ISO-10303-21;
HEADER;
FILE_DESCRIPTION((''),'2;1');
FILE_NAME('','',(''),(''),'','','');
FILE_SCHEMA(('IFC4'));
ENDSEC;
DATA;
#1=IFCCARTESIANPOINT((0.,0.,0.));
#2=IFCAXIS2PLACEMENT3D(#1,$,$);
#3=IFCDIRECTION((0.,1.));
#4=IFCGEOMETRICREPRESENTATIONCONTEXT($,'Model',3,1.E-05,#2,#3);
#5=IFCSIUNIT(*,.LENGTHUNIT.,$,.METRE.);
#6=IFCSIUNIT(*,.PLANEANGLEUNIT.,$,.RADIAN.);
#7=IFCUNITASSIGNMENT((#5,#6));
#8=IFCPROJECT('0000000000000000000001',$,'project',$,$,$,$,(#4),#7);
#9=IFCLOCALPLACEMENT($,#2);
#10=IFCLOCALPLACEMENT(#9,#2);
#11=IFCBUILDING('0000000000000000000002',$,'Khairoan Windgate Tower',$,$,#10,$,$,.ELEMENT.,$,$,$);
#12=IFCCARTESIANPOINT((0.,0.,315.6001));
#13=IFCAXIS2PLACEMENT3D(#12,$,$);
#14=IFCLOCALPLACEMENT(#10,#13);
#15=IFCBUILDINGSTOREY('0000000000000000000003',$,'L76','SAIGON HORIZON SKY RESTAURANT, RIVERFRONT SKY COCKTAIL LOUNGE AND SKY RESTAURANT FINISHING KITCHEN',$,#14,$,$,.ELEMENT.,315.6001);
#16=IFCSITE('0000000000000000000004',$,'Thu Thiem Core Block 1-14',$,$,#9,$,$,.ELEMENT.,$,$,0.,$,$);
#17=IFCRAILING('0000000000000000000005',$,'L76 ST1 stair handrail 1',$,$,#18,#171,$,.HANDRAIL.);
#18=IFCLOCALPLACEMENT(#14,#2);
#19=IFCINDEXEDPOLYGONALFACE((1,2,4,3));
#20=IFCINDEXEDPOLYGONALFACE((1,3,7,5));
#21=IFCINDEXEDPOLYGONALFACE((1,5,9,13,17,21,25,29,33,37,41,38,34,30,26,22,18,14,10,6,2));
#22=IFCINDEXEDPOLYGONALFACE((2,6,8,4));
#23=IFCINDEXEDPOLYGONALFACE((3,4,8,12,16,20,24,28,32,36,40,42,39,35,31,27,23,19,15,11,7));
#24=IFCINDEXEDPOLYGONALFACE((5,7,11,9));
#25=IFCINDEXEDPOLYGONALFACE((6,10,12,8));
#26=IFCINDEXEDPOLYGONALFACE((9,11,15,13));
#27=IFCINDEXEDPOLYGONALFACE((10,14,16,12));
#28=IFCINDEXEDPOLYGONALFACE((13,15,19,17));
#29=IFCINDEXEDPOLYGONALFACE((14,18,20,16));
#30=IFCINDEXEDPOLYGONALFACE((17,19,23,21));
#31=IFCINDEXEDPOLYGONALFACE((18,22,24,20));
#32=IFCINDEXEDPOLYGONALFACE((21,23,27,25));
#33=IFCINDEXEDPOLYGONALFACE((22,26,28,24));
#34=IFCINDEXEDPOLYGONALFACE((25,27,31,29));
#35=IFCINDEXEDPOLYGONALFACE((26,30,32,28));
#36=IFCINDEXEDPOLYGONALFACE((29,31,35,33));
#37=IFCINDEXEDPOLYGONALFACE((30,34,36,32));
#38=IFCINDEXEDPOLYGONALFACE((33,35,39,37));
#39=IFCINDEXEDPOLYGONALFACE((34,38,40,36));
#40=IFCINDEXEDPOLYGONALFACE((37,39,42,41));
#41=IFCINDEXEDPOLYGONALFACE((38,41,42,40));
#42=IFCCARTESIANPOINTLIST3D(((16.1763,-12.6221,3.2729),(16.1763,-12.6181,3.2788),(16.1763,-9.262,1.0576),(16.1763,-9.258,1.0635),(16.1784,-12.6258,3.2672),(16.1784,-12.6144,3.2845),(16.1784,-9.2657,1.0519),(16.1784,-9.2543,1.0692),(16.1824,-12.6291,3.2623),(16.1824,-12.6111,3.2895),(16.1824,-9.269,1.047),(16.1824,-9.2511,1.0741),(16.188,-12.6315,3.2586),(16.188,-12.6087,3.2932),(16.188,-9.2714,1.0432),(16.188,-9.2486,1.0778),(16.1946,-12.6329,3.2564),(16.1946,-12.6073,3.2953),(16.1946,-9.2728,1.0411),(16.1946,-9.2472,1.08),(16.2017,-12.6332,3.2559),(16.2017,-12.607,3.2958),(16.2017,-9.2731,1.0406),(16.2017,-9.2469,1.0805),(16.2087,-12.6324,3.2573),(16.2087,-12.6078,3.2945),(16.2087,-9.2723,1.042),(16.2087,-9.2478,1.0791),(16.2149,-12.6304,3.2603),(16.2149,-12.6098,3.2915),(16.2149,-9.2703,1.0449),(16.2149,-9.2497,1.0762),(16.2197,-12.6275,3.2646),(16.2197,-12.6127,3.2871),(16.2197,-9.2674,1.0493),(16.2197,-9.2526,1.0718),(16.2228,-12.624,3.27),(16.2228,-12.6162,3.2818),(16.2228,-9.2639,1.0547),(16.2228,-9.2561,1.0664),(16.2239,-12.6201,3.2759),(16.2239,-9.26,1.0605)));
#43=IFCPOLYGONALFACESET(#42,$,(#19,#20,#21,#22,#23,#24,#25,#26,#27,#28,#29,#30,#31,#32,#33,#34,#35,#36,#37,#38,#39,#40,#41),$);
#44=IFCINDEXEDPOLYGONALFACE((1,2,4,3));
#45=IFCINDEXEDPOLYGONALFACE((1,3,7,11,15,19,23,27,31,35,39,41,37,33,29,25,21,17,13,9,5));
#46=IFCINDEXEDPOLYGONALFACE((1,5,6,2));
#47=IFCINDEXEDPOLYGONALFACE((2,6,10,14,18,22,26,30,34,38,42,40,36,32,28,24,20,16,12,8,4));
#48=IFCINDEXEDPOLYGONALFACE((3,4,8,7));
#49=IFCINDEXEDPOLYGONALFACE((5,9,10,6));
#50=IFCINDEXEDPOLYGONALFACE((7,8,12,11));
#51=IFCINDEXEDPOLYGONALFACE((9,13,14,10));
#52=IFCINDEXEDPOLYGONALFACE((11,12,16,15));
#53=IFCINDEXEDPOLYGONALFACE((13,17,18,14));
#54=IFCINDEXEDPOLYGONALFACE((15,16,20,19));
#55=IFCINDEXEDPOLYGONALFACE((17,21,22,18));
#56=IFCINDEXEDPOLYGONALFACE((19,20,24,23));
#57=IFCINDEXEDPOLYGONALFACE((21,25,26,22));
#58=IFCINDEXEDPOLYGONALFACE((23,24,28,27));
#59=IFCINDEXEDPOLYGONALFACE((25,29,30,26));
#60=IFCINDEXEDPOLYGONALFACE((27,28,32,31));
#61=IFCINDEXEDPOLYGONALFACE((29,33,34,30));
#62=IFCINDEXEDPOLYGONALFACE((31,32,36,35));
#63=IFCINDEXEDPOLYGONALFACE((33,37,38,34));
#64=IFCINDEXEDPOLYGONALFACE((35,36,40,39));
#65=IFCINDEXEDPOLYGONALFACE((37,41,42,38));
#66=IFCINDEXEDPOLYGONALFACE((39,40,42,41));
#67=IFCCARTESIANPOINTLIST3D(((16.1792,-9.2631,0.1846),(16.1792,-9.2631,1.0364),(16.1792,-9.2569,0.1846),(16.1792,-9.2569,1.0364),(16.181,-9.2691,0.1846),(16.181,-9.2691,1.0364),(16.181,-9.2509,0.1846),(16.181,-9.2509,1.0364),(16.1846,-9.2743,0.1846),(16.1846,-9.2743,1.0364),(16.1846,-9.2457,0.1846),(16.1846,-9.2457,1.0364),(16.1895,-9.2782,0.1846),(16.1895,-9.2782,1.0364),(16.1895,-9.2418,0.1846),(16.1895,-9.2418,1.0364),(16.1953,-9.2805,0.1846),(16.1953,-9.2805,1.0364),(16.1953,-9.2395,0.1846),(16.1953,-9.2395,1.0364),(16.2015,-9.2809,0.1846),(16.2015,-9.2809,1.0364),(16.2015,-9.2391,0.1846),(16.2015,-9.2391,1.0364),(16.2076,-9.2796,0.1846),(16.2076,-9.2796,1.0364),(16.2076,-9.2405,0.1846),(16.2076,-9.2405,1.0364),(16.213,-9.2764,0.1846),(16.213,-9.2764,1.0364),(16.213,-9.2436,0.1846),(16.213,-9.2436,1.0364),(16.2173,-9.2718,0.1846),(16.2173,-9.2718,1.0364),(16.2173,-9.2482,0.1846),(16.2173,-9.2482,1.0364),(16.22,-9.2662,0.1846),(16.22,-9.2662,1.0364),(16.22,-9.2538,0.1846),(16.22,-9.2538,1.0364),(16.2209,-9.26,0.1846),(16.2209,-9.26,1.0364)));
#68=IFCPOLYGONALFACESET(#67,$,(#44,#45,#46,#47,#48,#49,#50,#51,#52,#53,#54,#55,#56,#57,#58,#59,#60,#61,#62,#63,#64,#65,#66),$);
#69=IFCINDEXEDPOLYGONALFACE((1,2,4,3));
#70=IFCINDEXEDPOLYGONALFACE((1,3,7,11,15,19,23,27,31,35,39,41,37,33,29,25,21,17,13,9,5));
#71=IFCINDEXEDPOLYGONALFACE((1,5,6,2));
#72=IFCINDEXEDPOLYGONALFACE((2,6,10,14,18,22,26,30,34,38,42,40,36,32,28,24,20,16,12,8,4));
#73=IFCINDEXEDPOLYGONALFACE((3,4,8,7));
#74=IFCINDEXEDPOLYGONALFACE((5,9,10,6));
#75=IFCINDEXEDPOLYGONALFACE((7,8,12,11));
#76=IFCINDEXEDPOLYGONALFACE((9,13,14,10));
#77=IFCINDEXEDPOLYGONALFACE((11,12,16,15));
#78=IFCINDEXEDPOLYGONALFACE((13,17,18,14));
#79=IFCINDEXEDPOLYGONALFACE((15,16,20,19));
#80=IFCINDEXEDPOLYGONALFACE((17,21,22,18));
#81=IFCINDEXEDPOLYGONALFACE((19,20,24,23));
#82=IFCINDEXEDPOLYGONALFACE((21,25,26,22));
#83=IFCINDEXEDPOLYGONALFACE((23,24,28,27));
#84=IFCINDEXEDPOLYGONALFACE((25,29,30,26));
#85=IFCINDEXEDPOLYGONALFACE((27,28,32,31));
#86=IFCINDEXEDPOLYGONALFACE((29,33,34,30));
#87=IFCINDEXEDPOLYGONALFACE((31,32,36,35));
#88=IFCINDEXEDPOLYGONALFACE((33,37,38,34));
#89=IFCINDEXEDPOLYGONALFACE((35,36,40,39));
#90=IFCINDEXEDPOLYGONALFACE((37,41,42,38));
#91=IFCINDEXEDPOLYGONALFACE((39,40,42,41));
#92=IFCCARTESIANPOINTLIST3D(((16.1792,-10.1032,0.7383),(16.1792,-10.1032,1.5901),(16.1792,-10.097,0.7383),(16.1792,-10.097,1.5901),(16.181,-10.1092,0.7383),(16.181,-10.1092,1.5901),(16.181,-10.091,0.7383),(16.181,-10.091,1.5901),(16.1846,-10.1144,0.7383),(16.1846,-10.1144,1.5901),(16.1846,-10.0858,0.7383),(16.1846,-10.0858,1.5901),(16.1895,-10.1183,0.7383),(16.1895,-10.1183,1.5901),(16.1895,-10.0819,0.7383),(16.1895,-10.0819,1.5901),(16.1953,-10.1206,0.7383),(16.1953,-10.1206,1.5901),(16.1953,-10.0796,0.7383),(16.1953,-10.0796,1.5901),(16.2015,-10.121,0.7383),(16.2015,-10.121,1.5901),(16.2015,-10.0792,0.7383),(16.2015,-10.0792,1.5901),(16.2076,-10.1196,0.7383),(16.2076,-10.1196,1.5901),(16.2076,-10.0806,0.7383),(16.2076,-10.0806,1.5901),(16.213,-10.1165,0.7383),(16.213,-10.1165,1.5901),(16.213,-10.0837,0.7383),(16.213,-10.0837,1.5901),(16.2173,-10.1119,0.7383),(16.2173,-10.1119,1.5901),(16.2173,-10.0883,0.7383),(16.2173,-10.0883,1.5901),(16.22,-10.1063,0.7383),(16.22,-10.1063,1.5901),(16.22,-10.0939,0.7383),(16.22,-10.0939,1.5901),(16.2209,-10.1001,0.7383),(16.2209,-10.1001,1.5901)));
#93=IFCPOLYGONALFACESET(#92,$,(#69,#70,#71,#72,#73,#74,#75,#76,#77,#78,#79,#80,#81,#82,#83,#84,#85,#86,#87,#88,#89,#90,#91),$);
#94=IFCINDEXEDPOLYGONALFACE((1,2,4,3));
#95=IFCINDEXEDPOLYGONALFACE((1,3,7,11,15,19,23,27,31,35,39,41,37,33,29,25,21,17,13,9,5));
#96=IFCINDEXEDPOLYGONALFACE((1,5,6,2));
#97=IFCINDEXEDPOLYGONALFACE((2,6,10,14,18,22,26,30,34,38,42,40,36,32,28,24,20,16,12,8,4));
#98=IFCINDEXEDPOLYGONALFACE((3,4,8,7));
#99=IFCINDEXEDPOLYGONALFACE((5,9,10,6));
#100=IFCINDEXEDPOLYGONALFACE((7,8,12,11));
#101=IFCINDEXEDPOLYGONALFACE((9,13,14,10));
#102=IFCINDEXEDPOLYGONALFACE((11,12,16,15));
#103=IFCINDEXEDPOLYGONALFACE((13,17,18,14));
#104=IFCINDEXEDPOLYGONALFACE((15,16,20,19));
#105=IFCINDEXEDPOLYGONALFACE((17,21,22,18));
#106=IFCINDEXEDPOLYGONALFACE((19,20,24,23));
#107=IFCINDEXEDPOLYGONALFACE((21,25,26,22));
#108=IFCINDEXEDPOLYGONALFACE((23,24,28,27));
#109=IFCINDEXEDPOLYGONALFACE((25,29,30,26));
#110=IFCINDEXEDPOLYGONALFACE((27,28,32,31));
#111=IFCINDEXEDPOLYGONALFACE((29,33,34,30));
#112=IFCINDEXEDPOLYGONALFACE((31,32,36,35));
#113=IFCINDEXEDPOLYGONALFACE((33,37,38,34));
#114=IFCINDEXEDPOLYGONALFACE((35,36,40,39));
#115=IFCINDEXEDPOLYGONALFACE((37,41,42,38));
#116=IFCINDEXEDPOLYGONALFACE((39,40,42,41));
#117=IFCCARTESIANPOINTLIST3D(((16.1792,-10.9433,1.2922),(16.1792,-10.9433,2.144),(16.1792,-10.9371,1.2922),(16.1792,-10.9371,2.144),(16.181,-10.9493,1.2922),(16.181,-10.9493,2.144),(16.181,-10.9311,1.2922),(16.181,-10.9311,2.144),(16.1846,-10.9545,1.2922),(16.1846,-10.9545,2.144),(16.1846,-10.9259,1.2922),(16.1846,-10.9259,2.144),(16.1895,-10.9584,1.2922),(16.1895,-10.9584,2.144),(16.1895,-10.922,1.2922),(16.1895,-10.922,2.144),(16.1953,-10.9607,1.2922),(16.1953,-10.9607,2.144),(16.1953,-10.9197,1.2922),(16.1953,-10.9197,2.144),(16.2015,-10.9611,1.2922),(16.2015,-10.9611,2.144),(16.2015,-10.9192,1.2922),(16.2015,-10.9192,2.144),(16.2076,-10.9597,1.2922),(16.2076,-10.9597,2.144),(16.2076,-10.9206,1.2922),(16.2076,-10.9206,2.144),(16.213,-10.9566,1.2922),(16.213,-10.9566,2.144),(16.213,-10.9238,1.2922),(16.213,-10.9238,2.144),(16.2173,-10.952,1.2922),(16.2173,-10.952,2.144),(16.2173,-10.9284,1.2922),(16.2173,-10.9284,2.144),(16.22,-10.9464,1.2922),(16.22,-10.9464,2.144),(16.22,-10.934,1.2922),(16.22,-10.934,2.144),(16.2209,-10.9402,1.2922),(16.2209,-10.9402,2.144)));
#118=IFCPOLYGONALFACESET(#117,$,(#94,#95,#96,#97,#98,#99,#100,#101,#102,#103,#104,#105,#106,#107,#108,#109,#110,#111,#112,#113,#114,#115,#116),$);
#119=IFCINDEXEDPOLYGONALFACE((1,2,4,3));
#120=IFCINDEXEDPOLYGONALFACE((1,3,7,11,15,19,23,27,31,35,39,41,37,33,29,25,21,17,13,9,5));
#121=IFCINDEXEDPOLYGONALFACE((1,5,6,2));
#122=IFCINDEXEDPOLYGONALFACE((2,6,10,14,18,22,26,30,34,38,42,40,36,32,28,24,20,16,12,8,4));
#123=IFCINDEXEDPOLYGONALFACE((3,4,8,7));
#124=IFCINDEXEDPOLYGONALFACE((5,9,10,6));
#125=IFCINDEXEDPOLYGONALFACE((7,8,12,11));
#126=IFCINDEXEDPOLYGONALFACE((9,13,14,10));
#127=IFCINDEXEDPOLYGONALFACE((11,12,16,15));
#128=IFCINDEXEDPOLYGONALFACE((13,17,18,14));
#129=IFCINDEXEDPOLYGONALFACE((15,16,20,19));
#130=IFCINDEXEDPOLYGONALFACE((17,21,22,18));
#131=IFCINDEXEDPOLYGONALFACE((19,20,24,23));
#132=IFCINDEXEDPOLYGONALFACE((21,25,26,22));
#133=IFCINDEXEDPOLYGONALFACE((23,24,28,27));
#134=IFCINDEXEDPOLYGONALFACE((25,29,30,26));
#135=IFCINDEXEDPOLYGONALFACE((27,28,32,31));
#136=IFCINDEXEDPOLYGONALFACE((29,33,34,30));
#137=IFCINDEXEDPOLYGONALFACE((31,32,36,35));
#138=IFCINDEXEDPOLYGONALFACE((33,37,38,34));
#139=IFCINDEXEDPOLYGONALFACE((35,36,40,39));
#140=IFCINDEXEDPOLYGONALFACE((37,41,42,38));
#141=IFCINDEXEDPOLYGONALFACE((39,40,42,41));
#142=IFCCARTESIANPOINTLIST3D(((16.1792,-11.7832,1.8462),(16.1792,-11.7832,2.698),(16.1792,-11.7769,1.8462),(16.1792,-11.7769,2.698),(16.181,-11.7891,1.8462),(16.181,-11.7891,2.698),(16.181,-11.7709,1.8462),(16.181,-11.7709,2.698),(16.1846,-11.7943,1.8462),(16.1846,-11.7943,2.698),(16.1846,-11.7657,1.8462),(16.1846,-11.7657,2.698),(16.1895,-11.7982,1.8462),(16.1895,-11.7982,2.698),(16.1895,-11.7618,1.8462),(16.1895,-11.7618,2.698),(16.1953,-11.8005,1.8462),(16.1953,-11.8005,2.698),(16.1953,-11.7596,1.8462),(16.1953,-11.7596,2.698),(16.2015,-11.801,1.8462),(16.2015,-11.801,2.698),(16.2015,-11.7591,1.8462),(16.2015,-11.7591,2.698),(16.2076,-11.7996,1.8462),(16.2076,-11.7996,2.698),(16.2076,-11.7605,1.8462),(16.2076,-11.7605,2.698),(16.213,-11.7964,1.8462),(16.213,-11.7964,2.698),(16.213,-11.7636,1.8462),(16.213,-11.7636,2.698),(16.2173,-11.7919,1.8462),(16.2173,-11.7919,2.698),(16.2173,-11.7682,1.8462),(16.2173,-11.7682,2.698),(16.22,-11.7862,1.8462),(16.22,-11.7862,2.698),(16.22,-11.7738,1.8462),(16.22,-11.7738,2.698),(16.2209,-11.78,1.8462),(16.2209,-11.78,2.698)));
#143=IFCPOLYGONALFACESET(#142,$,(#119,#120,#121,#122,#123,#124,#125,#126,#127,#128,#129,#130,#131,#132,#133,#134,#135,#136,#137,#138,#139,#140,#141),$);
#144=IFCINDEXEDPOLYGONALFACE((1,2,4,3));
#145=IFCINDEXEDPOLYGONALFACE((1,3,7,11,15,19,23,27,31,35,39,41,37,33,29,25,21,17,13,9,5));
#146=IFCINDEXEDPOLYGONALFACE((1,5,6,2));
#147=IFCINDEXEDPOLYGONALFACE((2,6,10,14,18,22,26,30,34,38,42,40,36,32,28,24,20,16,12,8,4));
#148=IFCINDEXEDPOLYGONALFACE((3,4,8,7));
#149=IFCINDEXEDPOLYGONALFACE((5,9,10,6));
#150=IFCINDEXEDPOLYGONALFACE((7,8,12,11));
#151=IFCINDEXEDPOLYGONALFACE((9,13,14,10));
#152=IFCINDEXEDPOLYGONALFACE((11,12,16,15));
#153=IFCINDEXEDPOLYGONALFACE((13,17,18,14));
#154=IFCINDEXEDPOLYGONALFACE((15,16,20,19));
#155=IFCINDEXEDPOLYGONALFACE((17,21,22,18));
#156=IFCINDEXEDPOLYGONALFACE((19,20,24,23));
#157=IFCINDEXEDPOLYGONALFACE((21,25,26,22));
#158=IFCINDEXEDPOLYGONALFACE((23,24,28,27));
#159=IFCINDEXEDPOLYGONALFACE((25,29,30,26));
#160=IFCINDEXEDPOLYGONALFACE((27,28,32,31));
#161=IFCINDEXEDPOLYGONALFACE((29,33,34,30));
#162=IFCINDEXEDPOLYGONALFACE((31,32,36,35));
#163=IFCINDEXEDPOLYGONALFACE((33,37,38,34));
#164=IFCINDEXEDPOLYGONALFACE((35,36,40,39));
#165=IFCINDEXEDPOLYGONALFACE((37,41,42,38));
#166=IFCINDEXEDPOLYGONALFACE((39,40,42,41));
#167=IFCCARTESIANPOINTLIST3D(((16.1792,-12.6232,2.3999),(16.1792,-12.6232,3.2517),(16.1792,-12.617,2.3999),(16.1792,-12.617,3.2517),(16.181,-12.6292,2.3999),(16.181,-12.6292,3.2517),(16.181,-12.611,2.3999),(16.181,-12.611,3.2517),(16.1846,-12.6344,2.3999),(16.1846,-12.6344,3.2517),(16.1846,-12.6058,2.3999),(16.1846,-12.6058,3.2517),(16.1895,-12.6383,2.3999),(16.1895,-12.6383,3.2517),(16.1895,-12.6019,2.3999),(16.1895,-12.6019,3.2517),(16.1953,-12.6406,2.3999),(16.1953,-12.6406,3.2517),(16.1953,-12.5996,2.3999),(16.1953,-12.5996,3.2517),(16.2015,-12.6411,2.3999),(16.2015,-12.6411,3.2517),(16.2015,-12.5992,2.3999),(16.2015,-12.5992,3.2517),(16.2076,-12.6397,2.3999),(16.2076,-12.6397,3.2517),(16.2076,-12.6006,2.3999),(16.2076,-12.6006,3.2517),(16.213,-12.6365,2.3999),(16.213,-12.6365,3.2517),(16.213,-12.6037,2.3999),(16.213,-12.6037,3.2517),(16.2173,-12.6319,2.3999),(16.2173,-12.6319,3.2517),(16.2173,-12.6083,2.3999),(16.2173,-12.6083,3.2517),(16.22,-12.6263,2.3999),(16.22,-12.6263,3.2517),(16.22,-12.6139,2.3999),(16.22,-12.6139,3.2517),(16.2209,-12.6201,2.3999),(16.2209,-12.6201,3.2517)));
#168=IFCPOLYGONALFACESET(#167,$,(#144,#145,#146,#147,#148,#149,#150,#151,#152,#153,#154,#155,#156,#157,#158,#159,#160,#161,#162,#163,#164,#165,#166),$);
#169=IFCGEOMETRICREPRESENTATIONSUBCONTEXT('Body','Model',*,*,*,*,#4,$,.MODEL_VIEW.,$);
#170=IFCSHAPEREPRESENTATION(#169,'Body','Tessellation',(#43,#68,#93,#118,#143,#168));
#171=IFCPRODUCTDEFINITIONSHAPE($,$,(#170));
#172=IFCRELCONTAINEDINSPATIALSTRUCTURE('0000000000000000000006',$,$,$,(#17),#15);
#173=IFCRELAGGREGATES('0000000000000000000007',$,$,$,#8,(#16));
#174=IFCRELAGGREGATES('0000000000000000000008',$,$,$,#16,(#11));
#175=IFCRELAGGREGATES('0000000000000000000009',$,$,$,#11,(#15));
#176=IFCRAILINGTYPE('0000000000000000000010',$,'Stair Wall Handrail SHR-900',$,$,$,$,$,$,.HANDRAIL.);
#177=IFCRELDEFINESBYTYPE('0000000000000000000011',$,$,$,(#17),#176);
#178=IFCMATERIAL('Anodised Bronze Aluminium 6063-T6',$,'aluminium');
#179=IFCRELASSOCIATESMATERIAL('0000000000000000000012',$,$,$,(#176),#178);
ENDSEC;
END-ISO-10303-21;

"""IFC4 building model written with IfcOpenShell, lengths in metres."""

from ifc_helpers import new_model, si_unit, direction, frame, origin, origin_2d, place, context, subcontext, project, spatial, circle, extrude, material, type_object, element, save


model = new_model("IFC4")

# Units and contexts
model_context = context("Model", 3, precision=1e-05, world=origin(), true_north=direction((0.0, 1.0)))
body_context = subcontext(model_context, "Body", "Model", "MODEL_VIEW")
ifc_project = project(units=[si_unit("LENGTHUNIT", "METRE"), si_unit("PLANEANGLEUNIT", "RADIAN")], contexts=[model_context])

# Site, building, storey
site_placement = place(None, origin())
site = spatial("IfcSite", under=ifc_project, at=site_placement, Name="Thu Thiem Core Block 1-14", CompositionType="ELEMENT", RefElevation=0.0)
building_placement = place(site_placement, origin())
building = spatial("IfcBuilding", under=site, at=building_placement, Name="Khairoan Windgate Tower", CompositionType="ELEMENT")
storey_placement = place(building_placement, frame((0.0, 0.0, 315.6001)))
storey = spatial("IfcBuildingStorey", under=building, at=storey_placement, Name="L76", Description="SAIGON HORIZON SKY RESTAURANT, RIVERFRONT SKY COCKTAIL LOUNGE AND SKY RESTAURANT FINISHING KITCHEN", CompositionType="ELEMENT", Elevation=315.6001)

# Railing
ifc_material_1 = material(Name="Anodised Bronze Aluminium 6063-T6", Category="aluminium")
railing_type_1 = type_object("IfcRailingType", Name="Stair Wall Handrail SHR-900", PredefinedType="HANDRAIL", material=ifc_material_1)
railing_1_placement = place(storey_placement, frame((16.2, -9.26, 0.1846)))
element("IfcRailing", 1, at=railing_1_placement, inside=storey, type_object=railing_type_1, Name="L76 ST1 stair handrail 1", PredefinedType="HANDRAIL", context=body_context, shape_type="SweptSolid", body=[
    extrude(circle(Radius=0.0239, at=origin_2d()), frame((0.0, 0.0, 0.876), z_axis=(0.0, -0.834876, 0.550437), x_axis=(1.0, 0.0, 0.0)), (0.0, 0.0, 1.0), 4.0247),
    extrude(circle(Radius=0.021, at=origin_2d()), origin(), (0.0, 0.0, 1.0), 0.8518),
    extrude(circle(Radius=0.021, at=origin_2d()), frame((0.0, -0.8401, 0.5537)), (0.0, 0.0, 1.0), 0.8518),
    extrude(circle(Radius=0.021, at=origin_2d()), frame((0.0, -1.6802, 1.1077)), (0.0, 0.0, 1.0), 0.8518),
    extrude(circle(Radius=0.021, at=origin_2d()), frame((0.0, -2.52, 1.6616)), (0.0, 0.0, 1.0), 0.8518),
    extrude(circle(Radius=0.021, at=origin_2d()), frame((0.0, -3.3601, 2.2153)), (0.0, 0.0, 1.0), 0.8518),
])

save(model, "model.ifc")
